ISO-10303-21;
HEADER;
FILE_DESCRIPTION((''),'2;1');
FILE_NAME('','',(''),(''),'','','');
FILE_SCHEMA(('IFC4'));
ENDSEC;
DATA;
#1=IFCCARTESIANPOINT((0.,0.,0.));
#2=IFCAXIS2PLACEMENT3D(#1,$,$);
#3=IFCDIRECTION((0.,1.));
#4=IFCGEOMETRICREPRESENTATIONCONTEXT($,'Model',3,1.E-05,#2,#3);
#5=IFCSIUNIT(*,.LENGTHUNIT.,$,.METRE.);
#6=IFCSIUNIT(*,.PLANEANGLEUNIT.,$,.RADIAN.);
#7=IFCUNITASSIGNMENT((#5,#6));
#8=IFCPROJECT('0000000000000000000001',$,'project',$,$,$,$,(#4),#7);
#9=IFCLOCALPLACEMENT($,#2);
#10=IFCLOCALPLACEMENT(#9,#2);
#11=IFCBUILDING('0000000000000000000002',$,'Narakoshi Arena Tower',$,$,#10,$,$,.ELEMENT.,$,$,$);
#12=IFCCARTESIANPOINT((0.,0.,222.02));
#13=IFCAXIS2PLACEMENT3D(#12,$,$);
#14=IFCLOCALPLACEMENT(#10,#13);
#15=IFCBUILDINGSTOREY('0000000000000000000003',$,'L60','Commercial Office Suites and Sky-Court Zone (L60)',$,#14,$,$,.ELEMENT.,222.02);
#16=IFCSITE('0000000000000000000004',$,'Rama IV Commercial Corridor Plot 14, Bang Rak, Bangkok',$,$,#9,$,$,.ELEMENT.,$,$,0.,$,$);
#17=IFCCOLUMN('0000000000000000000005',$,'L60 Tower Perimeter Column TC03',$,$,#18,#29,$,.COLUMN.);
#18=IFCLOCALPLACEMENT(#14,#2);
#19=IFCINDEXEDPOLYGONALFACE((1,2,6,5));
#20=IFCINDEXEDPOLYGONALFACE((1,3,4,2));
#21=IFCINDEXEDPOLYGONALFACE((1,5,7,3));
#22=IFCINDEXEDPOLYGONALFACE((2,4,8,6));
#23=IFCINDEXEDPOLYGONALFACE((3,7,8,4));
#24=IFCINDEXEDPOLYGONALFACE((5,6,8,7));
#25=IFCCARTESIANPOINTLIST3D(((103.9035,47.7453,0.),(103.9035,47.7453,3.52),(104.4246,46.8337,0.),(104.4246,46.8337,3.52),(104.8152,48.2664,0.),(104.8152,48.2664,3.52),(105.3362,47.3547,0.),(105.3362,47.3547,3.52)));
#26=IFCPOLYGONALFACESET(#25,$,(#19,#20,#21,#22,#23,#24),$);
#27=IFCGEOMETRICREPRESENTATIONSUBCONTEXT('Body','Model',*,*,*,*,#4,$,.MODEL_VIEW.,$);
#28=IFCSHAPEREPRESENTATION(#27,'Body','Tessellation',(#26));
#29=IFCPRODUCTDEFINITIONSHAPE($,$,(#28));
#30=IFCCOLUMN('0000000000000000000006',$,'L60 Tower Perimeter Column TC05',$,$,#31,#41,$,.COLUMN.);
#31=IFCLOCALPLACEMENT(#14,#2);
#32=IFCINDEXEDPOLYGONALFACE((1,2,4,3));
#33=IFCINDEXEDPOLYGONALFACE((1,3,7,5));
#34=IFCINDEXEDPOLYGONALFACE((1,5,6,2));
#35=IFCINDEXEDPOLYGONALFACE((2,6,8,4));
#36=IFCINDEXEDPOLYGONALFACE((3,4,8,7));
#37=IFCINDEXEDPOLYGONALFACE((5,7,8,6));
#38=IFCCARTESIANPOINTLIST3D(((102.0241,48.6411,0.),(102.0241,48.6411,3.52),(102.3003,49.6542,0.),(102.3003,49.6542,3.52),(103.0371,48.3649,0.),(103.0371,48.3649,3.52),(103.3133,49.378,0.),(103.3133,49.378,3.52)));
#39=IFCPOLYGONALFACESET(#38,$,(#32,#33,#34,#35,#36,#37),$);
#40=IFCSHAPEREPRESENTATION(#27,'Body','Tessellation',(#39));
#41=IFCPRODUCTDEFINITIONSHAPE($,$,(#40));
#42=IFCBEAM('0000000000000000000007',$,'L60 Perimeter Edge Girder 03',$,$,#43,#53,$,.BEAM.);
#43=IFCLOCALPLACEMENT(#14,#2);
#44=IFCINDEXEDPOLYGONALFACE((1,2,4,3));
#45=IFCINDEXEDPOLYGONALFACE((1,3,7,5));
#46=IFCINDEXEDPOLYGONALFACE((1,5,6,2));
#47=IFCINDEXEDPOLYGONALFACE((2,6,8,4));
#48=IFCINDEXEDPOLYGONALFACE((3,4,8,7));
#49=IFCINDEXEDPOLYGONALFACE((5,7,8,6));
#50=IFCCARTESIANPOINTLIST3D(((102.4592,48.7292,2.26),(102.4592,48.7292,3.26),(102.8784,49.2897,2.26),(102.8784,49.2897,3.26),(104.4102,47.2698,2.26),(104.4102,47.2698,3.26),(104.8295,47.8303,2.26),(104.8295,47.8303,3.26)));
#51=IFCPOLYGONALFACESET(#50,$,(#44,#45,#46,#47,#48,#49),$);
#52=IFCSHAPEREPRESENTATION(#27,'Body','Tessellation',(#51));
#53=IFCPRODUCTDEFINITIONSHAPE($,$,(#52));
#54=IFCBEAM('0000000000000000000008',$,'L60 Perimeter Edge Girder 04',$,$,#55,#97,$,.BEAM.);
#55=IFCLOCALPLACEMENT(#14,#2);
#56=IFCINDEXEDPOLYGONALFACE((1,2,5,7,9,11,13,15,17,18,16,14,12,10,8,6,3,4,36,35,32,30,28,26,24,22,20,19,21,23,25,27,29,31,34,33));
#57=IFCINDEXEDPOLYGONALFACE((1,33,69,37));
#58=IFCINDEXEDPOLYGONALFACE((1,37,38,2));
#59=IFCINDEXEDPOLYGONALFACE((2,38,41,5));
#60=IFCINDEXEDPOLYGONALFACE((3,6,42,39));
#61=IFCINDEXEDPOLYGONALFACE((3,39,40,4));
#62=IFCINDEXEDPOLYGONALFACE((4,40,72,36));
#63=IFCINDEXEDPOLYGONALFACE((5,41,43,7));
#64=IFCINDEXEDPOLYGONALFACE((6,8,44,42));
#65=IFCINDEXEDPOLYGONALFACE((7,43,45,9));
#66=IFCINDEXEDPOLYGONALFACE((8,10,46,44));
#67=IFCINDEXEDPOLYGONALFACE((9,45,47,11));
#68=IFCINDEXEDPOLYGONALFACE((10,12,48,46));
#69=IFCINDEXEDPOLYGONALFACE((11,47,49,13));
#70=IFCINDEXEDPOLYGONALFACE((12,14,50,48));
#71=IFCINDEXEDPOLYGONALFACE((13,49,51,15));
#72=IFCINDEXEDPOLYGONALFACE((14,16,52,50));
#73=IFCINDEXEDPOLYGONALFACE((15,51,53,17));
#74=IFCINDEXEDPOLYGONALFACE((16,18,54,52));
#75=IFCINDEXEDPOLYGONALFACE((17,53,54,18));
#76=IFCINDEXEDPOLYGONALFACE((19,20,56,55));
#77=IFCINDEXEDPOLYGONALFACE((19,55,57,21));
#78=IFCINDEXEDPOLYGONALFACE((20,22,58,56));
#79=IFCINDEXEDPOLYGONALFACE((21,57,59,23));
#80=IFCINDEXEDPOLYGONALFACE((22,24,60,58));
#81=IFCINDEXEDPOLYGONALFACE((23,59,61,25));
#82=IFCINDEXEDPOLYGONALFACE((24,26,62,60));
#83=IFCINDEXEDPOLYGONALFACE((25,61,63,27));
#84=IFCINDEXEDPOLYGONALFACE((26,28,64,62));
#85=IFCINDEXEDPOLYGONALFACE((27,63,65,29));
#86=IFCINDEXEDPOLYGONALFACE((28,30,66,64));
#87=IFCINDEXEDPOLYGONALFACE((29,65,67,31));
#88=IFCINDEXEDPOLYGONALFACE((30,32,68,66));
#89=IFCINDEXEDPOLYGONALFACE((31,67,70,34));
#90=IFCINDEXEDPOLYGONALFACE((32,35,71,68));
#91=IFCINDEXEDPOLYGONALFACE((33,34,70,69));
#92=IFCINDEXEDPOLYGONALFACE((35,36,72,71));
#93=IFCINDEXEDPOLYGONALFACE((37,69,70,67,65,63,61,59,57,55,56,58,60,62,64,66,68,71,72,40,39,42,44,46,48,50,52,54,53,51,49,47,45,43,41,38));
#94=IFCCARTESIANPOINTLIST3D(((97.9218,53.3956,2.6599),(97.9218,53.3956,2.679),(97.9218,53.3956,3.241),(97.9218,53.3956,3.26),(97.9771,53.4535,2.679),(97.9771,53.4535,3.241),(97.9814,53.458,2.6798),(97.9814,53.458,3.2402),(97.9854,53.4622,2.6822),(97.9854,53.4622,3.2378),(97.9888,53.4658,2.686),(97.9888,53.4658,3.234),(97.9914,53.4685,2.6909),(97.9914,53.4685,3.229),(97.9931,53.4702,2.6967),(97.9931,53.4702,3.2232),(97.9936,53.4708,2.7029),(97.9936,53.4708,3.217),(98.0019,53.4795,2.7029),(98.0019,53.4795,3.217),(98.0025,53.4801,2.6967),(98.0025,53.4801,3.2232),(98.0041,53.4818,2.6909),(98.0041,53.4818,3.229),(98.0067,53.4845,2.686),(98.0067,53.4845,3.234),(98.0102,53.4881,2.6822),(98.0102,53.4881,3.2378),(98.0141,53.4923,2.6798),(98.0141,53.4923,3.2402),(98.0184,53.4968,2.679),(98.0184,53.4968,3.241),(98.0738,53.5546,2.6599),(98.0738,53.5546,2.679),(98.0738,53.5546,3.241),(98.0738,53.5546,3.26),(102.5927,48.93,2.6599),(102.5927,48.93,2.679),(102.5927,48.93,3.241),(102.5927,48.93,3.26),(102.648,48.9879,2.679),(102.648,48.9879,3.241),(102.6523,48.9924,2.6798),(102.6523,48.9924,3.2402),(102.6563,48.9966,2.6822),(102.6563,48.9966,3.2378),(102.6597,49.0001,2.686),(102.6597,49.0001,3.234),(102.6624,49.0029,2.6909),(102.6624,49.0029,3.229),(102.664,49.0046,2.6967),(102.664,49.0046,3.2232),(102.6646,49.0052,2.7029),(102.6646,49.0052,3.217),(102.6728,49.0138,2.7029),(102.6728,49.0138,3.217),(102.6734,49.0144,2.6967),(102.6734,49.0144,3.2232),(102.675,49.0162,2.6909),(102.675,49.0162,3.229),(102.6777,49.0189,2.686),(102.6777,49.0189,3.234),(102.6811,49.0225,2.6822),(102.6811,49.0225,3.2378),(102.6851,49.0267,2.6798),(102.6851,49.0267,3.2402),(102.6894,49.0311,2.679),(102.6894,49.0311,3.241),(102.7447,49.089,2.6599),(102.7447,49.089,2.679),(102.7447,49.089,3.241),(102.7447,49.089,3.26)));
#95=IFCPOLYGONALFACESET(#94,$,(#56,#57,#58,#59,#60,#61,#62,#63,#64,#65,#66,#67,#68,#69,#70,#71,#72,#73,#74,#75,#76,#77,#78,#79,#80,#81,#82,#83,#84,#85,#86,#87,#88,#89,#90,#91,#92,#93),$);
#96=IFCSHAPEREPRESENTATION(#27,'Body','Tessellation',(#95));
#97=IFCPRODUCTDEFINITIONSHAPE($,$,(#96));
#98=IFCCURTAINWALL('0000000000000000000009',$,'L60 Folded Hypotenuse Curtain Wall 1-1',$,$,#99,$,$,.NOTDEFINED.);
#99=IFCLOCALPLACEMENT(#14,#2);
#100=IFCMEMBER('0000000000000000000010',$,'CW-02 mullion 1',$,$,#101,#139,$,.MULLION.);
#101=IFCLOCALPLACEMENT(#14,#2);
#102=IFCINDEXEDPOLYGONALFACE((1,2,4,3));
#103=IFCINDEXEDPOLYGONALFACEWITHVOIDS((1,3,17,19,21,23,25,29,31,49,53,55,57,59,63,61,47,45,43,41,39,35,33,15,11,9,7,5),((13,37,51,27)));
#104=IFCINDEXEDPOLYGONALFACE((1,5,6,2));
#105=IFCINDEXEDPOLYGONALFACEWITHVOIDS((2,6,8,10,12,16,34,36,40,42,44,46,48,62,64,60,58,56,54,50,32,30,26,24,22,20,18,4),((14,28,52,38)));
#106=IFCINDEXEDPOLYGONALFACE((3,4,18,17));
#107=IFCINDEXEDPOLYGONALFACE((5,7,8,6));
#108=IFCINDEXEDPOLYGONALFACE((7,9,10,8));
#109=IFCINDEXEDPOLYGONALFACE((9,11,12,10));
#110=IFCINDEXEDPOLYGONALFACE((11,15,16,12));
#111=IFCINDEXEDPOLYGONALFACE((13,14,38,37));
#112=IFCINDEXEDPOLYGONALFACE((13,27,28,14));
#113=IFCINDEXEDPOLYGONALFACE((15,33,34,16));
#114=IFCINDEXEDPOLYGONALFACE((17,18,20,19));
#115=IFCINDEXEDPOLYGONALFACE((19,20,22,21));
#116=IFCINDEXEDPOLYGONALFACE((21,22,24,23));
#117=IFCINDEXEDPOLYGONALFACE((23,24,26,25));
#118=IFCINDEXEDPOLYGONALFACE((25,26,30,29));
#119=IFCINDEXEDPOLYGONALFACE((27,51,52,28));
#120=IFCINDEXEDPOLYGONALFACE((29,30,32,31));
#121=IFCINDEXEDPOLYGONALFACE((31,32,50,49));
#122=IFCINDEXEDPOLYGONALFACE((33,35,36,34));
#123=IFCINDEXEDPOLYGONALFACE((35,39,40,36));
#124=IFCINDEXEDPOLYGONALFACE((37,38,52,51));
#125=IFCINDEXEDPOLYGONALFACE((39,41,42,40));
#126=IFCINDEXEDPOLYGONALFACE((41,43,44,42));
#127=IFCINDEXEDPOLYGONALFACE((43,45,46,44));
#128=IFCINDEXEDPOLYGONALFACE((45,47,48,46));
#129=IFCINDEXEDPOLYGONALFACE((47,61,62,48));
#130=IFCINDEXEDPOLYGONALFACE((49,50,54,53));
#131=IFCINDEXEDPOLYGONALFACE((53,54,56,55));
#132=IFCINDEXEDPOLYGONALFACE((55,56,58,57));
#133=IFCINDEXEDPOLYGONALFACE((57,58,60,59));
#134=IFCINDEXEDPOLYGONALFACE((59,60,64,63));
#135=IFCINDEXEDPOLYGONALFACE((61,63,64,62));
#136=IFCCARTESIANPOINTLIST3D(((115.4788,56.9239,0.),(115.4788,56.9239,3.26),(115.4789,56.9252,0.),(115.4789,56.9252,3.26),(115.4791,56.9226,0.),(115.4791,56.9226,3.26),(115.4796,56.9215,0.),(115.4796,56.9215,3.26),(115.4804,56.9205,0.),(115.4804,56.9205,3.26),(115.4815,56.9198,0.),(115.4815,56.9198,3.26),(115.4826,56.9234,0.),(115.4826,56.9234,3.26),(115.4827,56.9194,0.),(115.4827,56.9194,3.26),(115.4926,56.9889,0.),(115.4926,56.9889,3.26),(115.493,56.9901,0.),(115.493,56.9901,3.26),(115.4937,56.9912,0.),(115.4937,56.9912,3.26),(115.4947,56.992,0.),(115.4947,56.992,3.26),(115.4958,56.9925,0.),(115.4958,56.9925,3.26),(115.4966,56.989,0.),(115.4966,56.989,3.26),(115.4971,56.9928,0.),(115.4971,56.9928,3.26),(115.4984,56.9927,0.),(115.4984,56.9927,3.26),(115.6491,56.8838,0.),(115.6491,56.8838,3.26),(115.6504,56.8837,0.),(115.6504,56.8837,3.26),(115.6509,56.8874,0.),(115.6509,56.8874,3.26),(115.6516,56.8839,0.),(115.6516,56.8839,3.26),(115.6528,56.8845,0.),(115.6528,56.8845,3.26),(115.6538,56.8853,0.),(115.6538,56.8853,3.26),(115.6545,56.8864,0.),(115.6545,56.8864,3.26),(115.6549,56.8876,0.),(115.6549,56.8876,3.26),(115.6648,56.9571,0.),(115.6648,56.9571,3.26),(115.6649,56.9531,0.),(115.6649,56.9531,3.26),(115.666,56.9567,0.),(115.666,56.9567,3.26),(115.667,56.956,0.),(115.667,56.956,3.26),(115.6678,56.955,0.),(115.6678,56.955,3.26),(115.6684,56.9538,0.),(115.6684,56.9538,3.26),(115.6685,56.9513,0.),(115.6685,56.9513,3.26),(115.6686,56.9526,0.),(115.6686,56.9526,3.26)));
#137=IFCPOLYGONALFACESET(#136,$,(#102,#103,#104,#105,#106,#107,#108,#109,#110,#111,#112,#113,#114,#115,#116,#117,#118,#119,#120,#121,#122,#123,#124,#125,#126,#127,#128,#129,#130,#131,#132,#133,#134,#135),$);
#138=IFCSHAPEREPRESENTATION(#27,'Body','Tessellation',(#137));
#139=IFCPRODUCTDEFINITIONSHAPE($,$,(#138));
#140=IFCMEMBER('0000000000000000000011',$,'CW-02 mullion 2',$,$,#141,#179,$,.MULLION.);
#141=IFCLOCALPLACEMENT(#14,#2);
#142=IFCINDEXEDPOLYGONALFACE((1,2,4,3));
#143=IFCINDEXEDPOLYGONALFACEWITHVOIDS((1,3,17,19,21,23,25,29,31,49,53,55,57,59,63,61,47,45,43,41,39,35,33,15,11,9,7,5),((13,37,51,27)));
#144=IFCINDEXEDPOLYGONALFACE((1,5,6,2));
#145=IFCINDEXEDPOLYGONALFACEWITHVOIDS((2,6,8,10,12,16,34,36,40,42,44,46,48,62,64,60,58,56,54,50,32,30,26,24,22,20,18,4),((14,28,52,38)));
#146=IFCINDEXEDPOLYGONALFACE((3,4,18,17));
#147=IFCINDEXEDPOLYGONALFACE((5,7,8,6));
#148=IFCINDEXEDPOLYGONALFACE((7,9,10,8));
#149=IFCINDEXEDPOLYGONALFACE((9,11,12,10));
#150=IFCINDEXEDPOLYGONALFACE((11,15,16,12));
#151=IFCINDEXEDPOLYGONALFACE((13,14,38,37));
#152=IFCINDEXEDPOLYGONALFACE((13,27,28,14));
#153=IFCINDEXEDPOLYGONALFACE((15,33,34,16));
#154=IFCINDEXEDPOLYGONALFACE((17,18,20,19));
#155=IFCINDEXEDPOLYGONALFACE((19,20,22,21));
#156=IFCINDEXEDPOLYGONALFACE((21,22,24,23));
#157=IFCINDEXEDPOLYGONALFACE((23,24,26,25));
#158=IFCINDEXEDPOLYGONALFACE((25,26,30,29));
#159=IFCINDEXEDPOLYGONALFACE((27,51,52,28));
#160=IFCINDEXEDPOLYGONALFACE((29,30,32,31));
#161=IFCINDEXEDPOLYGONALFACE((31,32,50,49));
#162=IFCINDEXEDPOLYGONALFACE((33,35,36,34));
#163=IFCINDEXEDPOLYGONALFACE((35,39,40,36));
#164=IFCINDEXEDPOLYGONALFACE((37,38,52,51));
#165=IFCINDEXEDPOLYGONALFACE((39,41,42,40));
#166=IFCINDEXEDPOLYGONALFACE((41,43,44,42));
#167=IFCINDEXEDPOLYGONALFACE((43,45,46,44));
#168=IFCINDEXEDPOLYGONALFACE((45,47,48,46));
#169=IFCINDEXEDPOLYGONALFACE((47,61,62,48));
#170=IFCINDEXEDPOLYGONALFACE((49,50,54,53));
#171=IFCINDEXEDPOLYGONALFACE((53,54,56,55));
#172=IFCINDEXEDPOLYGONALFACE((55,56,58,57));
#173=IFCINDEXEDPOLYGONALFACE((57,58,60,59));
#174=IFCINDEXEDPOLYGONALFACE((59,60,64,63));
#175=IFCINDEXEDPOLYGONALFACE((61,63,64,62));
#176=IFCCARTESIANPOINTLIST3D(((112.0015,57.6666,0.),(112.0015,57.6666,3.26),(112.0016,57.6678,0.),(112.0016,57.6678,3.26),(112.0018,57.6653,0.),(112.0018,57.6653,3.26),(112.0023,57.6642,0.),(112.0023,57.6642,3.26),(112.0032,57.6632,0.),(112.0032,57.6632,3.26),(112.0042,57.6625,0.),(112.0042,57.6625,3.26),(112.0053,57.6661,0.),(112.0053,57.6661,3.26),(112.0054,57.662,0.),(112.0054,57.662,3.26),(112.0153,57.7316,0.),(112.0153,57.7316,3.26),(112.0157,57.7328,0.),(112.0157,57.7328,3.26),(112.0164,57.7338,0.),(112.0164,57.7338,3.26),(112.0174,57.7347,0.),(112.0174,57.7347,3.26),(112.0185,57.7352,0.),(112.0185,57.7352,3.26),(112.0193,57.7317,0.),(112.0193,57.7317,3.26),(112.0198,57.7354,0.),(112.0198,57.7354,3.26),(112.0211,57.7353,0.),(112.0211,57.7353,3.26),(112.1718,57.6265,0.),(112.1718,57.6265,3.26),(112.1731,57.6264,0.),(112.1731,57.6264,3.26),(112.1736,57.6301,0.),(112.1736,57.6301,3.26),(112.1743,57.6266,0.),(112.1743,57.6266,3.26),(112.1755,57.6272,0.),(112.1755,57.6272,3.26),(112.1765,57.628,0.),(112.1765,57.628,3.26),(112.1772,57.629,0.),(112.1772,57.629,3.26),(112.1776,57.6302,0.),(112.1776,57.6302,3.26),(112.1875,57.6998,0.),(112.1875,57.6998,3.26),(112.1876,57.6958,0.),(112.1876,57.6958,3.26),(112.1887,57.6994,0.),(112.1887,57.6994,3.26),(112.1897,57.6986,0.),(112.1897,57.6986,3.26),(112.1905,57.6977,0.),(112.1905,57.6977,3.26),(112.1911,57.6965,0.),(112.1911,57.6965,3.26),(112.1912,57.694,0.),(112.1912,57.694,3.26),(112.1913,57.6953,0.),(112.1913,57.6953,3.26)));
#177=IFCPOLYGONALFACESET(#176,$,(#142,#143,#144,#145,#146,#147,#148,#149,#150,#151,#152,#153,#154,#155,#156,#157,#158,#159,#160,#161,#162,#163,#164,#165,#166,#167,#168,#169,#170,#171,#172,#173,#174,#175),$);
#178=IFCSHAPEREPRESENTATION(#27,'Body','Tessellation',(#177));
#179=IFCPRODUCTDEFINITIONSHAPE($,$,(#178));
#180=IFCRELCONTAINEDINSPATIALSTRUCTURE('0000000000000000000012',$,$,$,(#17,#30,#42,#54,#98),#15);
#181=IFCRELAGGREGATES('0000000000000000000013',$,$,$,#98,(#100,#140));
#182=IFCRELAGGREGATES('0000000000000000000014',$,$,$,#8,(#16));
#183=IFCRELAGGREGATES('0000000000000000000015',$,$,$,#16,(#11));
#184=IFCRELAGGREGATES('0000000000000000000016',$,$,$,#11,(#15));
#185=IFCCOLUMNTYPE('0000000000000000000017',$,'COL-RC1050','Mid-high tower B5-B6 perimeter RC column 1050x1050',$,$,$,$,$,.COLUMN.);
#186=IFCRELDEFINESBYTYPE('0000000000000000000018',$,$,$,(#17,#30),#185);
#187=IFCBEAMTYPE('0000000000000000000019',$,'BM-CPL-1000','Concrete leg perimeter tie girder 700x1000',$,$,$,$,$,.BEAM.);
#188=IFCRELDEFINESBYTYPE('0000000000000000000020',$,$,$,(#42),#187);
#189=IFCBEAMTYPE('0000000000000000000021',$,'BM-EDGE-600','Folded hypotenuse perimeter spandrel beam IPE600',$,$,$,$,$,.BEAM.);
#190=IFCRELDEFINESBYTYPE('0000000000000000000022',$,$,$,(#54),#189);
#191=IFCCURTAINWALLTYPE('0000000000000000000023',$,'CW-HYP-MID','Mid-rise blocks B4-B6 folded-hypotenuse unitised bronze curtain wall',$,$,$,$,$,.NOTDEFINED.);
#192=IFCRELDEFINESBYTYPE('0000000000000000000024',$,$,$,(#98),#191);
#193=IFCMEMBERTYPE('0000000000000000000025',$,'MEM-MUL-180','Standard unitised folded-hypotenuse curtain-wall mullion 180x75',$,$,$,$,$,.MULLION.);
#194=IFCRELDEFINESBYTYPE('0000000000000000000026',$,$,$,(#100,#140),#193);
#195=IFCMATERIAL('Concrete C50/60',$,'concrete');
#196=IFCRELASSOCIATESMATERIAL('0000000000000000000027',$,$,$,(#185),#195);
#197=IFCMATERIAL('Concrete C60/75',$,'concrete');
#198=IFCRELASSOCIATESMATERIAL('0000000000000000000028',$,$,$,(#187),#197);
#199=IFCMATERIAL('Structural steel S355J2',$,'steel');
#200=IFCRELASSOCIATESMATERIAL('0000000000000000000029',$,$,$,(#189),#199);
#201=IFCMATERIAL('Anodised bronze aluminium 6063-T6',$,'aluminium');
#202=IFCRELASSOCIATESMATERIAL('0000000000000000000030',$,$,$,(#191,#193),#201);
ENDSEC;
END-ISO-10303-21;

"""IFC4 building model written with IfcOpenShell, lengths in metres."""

from ifc_helpers import new_model, si_unit, direction, frame, origin, origin_2d, place, context, subcontext, project, spatial, rectangle, hollow_rectangle, i_section, extrude, material, material_profile, profile_set, type_object, element, aggregate, save


model = new_model("IFC4")

# Units and contexts
model_context = context("Model", 3, precision=1e-05, world=origin(), true_north=direction((0.0, 1.0)))
body_context = subcontext(model_context, "Body", "Model", "MODEL_VIEW")
ifc_project = project(units=[si_unit("LENGTHUNIT", "METRE"), si_unit("PLANEANGLEUNIT", "RADIAN")], contexts=[model_context])

# Site, building, storey
site_placement = place(None, origin())
site = spatial("IfcSite", under=ifc_project, at=site_placement, Name="Rama IV Commercial Corridor Plot 14, Bang Rak, Bangkok", CompositionType="ELEMENT", RefElevation=0.0)
building_placement = place(site_placement, origin())
building = spatial("IfcBuilding", under=site, at=building_placement, Name="Narakoshi Arena Tower", CompositionType="ELEMENT")
storey_placement = place(building_placement, frame((0.0, 0.0, 222.02)))
storey = spatial("IfcBuildingStorey", under=building, at=storey_placement, Name="L60", Description="Commercial Office Suites and Sky-Court Zone (L60)", CompositionType="ELEMENT", Elevation=222.02)

# Columns
ifc_material_1 = material(Name="Concrete C50/60", Category="concrete")
ifc_material_profile_1 = material_profile(ifc_material_1, rectangle(XDim=1.05, YDim=1.05, at=origin_2d()), Name="RC1050x1050")
ifc_profile_set_1 = profile_set([ifc_material_profile_1], Name="Concrete C50/60")
column_type = type_object("IfcColumnType", Name="COL-RC1050", Description="Mid-high tower B5-B6 perimeter RC column 1050x1050", PredefinedType="COLUMN", material=ifc_profile_set_1)
for number, where, z_axis, x_axis, name in (
    (1, (104.6199, 47.55, 0.0), (0.0, 0.0, 1.0), (0.868199, 0.496217, 0.0), "L60 Tower Perimeter Column TC03"),
    (2, (102.6687, 49.0095, 0.0), (0.0, 0.0, 1.0), (0.263031, 0.964787, 0.0), "L60 Tower Perimeter Column TC05"),
):
    element("IfcColumn", number, at=place(storey_placement, frame(where, z_axis=z_axis, x_axis=x_axis)), inside=storey, type_object=column_type, Name=name, PredefinedType="COLUMN", context=body_context, shape_type="SweptSolid", body=[
        extrude(rectangle(XDim=1.05, YDim=1.05, at=origin_2d()), origin(), (0.0, 0.0, 1.0), 3.52),
    ])

# Beams
ifc_material_2 = material(Name="Concrete C60/75", Category="concrete")
ifc_material_profile_2 = material_profile(ifc_material_2, rectangle(XDim=0.7, YDim=1.0, at=origin_2d()), Name="RCB700x1000")
ifc_profile_set_2 = profile_set([ifc_material_profile_2], Name="Concrete C60/75")
beam_type_1 = type_object("IfcBeamType", Name="BM-CPL-1000", Description="Concrete leg perimeter tie girder 700x1000", PredefinedType="BEAM", material=ifc_profile_set_2)
beam_1_placement = place(storey_placement, frame((104.6199, 47.55, 2.76), z_axis=(-0.800769, 0.598973, 0.0), x_axis=(-0.598973, -0.800769, 0.0)))
element("IfcBeam", 3, at=beam_1_placement, inside=storey, type_object=beam_type_1, Name="L60 Perimeter Edge Girder 03", PredefinedType="BEAM", context=body_context, shape_type="SweptSolid", body=[
    extrude(rectangle(XDim=0.7, YDim=1.0, at=origin_2d()), origin(), (0.0, 0.0, 1.0), 2.4365),
])
ifc_material_3 = material(Name="Structural steel S355J2", Category="steel")
ifc_material_profile_3 = material_profile(ifc_material_3, i_section(OverallWidth=0.22, OverallDepth=0.6001, WebThickness=0.012, FlangeThickness=0.019, FilletRadius=0.0239, at=origin_2d()), Name="IPE600")
ifc_profile_set_3 = profile_set([ifc_material_profile_3], Name="Structural steel S355J2")
beam_type_2 = type_object("IfcBeamType", Name="BM-EDGE-600", Description="Folded hypotenuse perimeter spandrel beam IPE600", PredefinedType="BEAM", material=ifc_profile_set_3)
beam_2_placement = place(storey_placement, frame((102.6687, 49.0095, 2.96), z_axis=(-0.722815, 0.691042, 0.0), x_axis=(-0.691042, -0.722815, 0.0)))
element("IfcBeam", 4, at=beam_2_placement, inside=storey, type_object=beam_type_2, Name="L60 Perimeter Edge Girder 04", PredefinedType="BEAM", context=body_context, shape_type="SweptSolid", body=[
    extrude(i_section(OverallWidth=0.22, OverallDepth=0.6001, WebThickness=0.012, FlangeThickness=0.019, FilletRadius=0.0239, at=origin_2d()), origin(), (0.0, 0.0, 1.0), 6.4622),
])

# Curtain wall, members
ifc_material_4 = material(Name="Anodised bronze aluminium 6063-T6", Category="aluminium")
curtain_wall_type = type_object("IfcCurtainWallType", Name="CW-HYP-MID", Description="Mid-rise blocks B4-B6 folded-hypotenuse unitised bronze curtain wall", PredefinedType="NOTDEFINED", material=ifc_material_4)
curtain_wall_placement = place(storey_placement, origin())
curtain_wall = element("IfcCurtainWall", 5, at=curtain_wall_placement, inside=storey, type_object=curtain_wall_type, Name="L60 Folded Hypotenuse Curtain Wall 1-1", PredefinedType="NOTDEFINED")
ifc_material_profile_4 = material_profile(ifc_material_4, hollow_rectangle(XDim=0.075, YDim=0.1799, WallThickness=0.0039, OuterFilletRadius=0.0049, at=origin_2d()), Name="MUL180x75x4")
ifc_profile_set_4 = profile_set([ifc_material_profile_4], Name="Anodised bronze aluminium 6063-T6")
member_type_1 = type_object("IfcMemberType", Name="MEM-MUL-180", Description="Standard unitised folded-hypotenuse curtain-wall mullion 180x75", PredefinedType="MULLION", material=ifc_profile_set_4)
member_1_placement = place(storey_placement, frame((115.5737, 56.9382, 0.0), z_axis=(0.0, 0.0, 1.0), x_axis=(-0.208899, -0.977937, 0.0)))
member_1 = element("IfcMember", 6, at=member_1_placement, type_object=member_type_1, Name="CW-02 mullion 1", PredefinedType="MULLION", context=body_context, shape_type="SweptSolid", body=[
    extrude(hollow_rectangle(XDim=0.075, YDim=0.1799, WallThickness=0.0039, OuterFilletRadius=0.0049, at=origin_2d()), origin(), (0.0, 0.0, 1.0), 3.26),
])
member_2_placement = place(storey_placement, frame((112.0964, 57.6809, 0.0), z_axis=(0.0, 0.0, 1.0), x_axis=(-0.208899, -0.977937, 0.0)))
member_2 = element("IfcMember", 7, at=member_2_placement, type_object=member_type_1, Name="CW-02 mullion 2", PredefinedType="MULLION", context=body_context, shape_type="SweptSolid", body=[
    extrude(hollow_rectangle(XDim=0.075, YDim=0.1799, WallThickness=0.0039, OuterFilletRadius=0.0049, at=origin_2d()), origin(), (0.0, 0.0, 1.0), 3.26),
])
aggregate(curtain_wall, [member_1, member_2])

save(model, "model.ifc")
